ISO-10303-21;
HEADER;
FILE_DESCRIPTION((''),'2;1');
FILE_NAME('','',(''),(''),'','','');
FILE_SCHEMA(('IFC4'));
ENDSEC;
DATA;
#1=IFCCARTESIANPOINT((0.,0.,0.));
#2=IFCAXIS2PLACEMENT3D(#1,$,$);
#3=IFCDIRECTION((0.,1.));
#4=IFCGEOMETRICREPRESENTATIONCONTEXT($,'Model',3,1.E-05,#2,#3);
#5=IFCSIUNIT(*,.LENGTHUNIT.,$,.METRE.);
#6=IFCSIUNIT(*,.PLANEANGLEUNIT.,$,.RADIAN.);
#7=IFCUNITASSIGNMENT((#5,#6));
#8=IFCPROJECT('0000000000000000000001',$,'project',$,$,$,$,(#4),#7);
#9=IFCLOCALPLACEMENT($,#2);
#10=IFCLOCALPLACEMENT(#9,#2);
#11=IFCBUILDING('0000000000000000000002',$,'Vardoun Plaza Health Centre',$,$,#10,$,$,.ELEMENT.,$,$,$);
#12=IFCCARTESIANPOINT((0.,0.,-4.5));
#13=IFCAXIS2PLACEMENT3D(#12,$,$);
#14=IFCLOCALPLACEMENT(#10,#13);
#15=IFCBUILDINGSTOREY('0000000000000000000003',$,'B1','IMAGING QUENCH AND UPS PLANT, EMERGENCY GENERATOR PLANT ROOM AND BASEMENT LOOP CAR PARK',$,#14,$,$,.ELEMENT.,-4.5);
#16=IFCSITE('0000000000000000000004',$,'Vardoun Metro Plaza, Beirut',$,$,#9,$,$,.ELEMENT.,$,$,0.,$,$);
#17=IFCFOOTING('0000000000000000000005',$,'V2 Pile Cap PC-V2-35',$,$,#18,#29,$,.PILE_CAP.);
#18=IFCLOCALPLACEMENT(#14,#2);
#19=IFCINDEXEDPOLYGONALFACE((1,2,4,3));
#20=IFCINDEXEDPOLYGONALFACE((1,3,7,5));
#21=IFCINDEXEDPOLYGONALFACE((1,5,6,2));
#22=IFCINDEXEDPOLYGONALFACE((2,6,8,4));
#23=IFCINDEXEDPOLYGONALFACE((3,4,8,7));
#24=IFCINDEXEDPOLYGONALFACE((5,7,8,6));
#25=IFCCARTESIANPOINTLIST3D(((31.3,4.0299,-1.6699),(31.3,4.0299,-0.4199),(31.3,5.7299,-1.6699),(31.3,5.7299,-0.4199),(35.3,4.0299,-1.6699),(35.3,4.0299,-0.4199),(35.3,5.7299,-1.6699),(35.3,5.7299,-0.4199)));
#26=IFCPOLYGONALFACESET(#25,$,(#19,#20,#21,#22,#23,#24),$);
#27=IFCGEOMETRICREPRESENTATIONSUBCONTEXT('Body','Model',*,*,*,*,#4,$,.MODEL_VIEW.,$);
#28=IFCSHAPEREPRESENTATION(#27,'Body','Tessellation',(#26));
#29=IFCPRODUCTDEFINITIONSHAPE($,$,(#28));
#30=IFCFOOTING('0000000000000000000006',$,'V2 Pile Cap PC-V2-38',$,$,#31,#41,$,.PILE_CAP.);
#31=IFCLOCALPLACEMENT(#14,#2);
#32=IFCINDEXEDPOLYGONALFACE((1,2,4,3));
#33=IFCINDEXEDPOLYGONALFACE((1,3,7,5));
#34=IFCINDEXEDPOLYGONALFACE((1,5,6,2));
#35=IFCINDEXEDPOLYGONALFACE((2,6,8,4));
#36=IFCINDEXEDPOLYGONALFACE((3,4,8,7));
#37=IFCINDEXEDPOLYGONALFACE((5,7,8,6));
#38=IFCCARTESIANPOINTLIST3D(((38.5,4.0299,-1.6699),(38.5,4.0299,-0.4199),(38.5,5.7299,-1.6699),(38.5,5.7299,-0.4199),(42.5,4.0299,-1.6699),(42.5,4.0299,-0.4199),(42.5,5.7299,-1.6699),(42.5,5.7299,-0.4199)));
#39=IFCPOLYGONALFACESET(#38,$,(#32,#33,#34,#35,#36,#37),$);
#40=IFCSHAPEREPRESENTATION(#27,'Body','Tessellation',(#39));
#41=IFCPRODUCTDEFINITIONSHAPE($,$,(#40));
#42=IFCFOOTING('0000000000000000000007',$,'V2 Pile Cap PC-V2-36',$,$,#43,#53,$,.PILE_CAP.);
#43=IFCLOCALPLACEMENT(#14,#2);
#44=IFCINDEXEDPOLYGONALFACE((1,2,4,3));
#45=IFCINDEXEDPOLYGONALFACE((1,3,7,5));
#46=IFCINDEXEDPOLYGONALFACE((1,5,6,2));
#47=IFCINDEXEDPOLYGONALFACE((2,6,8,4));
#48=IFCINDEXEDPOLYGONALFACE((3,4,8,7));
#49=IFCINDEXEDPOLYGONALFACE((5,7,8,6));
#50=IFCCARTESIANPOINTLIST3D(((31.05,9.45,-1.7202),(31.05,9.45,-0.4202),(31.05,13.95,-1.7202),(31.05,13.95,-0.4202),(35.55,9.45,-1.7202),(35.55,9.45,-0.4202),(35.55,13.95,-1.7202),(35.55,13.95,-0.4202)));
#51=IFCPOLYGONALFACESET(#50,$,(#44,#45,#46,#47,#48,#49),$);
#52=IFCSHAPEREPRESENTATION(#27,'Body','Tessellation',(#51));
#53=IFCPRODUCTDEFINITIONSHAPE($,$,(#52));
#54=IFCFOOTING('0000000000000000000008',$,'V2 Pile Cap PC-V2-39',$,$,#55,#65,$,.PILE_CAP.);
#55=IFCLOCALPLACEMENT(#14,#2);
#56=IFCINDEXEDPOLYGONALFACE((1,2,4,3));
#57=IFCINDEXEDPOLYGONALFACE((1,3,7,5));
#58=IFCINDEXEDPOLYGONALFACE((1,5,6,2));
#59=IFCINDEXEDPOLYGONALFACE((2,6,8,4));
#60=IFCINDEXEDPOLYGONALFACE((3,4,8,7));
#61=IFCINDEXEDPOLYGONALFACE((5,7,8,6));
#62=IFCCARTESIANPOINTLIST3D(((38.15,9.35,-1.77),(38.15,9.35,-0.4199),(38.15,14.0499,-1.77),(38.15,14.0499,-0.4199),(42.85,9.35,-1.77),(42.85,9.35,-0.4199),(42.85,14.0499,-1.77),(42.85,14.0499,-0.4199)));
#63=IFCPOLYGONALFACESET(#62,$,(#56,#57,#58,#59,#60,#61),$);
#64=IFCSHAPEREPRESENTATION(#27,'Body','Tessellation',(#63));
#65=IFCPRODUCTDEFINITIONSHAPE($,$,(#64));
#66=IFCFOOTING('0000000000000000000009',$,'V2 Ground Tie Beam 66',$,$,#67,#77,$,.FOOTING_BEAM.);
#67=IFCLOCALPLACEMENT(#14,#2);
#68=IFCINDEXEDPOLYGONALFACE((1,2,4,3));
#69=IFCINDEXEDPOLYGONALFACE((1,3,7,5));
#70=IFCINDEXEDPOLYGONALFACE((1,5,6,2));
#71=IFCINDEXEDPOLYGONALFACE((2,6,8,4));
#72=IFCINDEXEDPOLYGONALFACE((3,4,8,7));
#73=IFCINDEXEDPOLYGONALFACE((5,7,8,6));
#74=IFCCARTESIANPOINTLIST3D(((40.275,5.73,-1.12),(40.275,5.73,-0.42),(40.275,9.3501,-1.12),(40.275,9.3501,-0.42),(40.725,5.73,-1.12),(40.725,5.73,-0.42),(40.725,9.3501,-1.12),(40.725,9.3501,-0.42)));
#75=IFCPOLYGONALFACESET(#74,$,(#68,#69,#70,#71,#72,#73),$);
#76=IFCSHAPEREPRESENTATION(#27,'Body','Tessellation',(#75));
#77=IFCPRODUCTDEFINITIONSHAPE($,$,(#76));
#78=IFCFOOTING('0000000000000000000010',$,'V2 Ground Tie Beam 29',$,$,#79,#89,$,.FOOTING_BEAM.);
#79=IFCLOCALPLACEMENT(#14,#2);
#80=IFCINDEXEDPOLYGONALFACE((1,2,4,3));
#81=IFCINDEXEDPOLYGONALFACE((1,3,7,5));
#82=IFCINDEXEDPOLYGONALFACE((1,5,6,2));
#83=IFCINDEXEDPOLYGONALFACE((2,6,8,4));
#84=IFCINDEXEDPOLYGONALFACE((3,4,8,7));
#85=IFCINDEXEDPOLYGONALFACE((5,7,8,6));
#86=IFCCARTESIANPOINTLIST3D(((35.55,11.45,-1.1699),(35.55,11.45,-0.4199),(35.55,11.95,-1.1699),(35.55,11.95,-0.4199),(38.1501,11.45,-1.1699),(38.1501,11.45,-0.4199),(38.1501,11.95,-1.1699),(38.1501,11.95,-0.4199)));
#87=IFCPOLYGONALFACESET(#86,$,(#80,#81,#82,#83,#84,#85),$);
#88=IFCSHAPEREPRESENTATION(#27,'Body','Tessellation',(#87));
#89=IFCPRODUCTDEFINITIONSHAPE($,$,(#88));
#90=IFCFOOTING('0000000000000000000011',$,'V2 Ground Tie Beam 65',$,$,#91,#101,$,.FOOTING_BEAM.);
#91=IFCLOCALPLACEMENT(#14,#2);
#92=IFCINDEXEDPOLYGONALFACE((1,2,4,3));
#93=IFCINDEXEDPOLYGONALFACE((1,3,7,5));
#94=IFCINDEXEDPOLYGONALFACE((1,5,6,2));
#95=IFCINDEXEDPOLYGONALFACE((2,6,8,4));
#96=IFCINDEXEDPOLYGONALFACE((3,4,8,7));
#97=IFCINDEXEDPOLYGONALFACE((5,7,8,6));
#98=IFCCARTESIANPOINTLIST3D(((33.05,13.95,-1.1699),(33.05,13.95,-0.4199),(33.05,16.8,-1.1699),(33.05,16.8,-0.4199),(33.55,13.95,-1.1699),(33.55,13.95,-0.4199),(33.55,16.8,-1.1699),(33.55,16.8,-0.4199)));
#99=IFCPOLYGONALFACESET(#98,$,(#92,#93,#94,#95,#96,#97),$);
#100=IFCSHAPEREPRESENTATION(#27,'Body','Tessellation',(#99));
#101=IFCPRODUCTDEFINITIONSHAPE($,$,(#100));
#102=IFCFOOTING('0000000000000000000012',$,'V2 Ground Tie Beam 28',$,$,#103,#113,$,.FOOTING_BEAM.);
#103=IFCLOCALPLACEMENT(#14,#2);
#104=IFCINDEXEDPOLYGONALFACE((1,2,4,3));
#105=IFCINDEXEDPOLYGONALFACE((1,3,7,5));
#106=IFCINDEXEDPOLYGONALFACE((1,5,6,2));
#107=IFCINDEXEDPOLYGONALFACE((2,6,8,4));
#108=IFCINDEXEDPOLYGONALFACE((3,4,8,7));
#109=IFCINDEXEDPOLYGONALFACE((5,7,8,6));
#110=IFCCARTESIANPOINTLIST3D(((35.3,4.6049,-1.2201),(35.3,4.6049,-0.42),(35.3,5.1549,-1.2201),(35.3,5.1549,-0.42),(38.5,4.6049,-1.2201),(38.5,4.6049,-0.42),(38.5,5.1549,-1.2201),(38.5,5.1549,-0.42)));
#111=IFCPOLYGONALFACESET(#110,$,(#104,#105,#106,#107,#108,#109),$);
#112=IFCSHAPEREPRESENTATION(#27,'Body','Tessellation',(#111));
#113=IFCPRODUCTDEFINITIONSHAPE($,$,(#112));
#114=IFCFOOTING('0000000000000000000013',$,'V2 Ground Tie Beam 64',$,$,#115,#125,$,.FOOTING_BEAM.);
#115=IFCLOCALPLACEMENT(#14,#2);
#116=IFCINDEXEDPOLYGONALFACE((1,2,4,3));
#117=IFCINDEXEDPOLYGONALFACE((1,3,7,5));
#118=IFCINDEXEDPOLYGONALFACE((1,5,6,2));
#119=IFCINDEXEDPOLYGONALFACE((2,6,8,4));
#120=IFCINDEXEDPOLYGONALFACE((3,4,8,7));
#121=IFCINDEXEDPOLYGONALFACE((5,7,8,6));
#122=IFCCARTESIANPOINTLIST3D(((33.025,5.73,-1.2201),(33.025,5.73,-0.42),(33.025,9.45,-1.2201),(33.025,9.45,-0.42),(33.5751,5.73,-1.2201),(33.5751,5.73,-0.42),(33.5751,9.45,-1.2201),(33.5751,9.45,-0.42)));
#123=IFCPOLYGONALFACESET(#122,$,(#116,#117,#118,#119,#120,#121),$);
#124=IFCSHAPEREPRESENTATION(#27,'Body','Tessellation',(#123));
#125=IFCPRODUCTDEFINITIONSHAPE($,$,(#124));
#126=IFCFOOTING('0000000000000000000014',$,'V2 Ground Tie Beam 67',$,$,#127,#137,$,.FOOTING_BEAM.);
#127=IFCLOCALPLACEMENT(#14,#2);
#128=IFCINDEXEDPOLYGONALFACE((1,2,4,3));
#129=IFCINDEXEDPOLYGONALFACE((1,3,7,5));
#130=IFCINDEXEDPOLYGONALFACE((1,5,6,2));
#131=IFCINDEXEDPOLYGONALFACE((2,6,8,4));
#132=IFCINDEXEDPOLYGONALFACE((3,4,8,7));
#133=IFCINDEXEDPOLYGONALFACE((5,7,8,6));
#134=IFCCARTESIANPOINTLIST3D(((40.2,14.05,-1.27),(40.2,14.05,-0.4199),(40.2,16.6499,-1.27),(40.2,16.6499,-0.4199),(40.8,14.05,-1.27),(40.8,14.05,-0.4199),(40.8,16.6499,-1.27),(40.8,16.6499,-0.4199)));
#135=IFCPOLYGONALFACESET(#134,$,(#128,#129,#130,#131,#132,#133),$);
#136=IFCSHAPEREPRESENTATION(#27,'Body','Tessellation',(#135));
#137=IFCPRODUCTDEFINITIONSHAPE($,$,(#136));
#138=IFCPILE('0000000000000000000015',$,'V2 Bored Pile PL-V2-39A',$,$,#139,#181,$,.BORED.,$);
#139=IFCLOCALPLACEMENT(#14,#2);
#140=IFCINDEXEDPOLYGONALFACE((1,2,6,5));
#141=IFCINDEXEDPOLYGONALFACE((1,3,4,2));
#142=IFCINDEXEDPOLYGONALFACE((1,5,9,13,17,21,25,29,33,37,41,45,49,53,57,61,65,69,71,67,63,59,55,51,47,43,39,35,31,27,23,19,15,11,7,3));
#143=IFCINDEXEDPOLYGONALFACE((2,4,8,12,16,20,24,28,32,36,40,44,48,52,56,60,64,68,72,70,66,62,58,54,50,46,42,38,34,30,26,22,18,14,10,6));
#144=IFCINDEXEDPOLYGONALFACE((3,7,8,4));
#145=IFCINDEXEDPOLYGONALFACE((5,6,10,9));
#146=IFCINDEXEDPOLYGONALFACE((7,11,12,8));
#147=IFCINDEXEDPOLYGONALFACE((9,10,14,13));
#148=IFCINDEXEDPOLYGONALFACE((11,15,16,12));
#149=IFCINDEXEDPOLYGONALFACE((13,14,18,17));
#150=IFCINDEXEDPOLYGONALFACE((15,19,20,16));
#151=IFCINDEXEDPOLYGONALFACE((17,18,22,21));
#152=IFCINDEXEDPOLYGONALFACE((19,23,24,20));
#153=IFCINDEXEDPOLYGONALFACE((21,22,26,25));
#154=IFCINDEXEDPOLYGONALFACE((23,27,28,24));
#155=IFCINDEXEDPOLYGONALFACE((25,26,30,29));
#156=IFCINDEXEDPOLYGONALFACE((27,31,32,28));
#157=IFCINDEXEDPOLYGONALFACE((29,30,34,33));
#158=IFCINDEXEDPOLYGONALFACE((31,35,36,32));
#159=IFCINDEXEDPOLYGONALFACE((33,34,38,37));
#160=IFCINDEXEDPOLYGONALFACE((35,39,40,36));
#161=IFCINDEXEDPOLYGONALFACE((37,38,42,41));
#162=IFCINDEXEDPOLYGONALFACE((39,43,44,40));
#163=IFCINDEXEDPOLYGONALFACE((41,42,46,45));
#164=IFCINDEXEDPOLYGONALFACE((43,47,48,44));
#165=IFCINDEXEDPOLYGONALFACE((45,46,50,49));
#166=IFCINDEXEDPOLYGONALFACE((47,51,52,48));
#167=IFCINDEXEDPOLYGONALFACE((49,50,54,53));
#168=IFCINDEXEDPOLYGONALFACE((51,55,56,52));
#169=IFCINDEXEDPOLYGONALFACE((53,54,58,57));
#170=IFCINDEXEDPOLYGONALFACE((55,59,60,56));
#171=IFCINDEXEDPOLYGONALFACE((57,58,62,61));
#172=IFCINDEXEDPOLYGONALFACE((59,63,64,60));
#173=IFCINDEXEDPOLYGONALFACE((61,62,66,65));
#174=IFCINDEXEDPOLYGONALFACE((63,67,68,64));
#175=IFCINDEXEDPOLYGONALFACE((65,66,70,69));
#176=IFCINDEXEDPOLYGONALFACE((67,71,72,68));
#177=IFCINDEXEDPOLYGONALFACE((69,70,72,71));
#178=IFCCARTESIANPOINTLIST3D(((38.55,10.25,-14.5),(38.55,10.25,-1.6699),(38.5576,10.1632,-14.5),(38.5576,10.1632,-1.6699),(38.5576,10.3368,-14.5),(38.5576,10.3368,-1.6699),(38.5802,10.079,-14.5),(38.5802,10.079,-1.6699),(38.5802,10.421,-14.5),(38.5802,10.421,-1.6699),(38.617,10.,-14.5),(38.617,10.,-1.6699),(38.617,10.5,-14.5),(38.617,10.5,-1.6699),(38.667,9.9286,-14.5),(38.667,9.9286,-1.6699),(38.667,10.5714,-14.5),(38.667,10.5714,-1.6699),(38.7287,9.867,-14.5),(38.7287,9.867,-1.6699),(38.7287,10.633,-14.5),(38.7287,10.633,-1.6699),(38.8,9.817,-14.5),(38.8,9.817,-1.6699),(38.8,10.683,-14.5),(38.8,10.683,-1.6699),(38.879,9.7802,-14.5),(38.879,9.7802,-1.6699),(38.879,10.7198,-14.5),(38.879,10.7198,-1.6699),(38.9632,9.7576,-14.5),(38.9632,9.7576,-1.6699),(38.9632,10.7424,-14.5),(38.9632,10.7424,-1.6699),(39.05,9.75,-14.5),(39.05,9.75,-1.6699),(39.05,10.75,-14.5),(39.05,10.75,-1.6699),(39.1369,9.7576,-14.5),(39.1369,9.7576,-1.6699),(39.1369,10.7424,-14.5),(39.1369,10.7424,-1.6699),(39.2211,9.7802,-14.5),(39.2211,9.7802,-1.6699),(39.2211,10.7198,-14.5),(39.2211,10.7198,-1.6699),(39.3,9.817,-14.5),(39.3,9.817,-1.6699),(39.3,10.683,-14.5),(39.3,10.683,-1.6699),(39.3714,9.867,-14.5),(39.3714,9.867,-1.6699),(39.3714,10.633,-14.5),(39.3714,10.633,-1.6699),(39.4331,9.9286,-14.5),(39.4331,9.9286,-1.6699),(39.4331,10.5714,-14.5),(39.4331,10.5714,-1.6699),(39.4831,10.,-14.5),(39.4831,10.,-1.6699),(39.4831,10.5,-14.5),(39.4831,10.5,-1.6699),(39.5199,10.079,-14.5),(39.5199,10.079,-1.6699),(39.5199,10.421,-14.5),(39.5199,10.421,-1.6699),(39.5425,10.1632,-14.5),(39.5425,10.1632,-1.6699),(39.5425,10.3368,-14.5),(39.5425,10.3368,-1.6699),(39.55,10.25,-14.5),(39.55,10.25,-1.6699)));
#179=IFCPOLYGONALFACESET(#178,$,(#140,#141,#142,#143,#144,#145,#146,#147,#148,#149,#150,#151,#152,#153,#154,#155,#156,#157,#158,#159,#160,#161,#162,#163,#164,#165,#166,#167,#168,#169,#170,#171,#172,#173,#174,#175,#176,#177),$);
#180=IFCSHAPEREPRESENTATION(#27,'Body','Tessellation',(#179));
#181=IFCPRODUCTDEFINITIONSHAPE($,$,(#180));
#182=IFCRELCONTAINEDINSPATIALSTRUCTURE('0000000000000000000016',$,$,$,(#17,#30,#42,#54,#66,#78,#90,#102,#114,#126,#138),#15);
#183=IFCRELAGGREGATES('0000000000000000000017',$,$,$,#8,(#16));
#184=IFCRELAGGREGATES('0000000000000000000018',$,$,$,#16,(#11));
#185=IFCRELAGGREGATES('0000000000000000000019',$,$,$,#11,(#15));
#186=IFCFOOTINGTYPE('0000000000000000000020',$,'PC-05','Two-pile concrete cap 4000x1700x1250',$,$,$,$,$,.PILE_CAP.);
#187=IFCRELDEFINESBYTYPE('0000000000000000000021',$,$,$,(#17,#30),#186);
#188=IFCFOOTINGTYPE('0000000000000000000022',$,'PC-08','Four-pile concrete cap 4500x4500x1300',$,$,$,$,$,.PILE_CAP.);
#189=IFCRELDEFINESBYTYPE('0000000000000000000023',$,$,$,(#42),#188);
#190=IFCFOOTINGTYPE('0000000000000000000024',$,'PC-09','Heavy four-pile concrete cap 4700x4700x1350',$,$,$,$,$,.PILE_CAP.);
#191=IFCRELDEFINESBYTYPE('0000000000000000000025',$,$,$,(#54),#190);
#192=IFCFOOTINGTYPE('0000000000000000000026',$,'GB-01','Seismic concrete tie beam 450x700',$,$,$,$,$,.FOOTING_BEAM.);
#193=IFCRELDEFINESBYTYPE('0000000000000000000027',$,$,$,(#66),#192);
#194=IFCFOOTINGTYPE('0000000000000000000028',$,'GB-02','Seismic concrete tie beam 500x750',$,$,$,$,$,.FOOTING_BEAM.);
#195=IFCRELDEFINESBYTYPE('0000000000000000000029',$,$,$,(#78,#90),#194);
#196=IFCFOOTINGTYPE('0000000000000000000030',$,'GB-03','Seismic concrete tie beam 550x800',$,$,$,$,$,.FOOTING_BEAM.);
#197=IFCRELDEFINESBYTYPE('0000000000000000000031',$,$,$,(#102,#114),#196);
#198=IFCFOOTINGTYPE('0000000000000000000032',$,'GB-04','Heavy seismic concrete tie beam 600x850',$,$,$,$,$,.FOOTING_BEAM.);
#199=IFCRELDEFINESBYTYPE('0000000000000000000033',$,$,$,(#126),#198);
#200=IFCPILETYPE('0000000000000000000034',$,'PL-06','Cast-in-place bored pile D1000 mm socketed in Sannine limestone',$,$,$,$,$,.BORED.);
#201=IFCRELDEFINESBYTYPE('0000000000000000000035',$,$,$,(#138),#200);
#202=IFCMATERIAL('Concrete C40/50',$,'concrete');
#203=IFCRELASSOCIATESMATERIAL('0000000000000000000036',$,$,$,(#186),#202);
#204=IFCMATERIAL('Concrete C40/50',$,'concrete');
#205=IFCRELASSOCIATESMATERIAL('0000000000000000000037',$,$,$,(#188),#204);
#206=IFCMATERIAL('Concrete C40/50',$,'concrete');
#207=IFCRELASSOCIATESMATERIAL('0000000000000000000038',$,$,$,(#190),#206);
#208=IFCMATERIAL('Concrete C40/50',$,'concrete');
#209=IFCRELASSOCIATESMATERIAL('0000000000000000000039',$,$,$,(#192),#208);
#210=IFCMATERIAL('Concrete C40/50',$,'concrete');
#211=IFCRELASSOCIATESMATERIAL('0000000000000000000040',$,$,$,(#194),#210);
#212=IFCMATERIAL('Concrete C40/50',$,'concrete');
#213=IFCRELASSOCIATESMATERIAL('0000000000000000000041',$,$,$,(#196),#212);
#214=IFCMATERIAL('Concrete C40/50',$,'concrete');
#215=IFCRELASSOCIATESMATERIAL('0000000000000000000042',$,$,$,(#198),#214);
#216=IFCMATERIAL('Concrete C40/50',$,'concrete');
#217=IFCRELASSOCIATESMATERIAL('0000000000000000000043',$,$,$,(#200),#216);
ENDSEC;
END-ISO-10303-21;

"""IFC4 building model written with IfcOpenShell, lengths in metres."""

from ifc_helpers import new_model, si_unit, direction, frame, origin, origin_2d, place, context, subcontext, project, spatial, rectangle, circle, extrude, material, material_profile, profile_set, type_object, element, save


model = new_model("IFC4")

# Units and contexts
model_context = context("Model", 3, precision=1e-05, world=origin(), true_north=direction((0.0, 1.0)))
body_context = subcontext(model_context, "Body", "Model", "MODEL_VIEW")
ifc_project = project(units=[si_unit("LENGTHUNIT", "METRE"), si_unit("PLANEANGLEUNIT", "RADIAN")], contexts=[model_context])

# Site, building, storey
site_placement = place(None, origin())
site = spatial("IfcSite", under=ifc_project, at=site_placement, Name="Vardoun Metro Plaza, Beirut", CompositionType="ELEMENT", RefElevation=0.0)
building_placement = place(site_placement, origin())
building = spatial("IfcBuilding", under=site, at=building_placement, Name="Vardoun Plaza Health Centre", CompositionType="ELEMENT")
storey_placement = place(building_placement, frame((0.0, 0.0, -4.5)))
storey = spatial("IfcBuildingStorey", under=building, at=storey_placement, Name="B1", Description="IMAGING QUENCH AND UPS PLANT, EMERGENCY GENERATOR PLANT ROOM AND BASEMENT LOOP CAR PARK", CompositionType="ELEMENT", Elevation=-4.5)

# Footings
ifc_material_1 = material(Name="Concrete C40/50", Category="concrete")
footing_type_1 = type_object("IfcFootingType", Name="PC-05", Description="Two-pile concrete cap 4000x1700x1250", PredefinedType="PILE_CAP", material=ifc_material_1)
for number, where, z_axis, x_axis, name in (
    (1, (33.3, 4.8799, -1.6699), (0.0, 0.0, 1.0), (1.0, 0.0, 0.0), "V2 Pile Cap PC-V2-35"),
    (2, (40.5, 4.8799, -1.6699), (0.0, 0.0, 1.0), (1.0, 0.0, 0.0), "V2 Pile Cap PC-V2-38"),
):
    element("IfcFooting", number, at=place(storey_placement, frame(where, z_axis=z_axis, x_axis=x_axis)), inside=storey, type_object=footing_type_1, Name=name, PredefinedType="PILE_CAP", context=body_context, shape_type="SweptSolid", body=[
        extrude(rectangle(XDim=4.0, YDim=1.7, at=origin_2d()), origin(), (0.0, 0.0, 1.0), 1.25),
    ])
ifc_material_2 = material(Name="Concrete C40/50", Category="concrete")
footing_type_2 = type_object("IfcFootingType", Name="PC-08", Description="Four-pile concrete cap 4500x4500x1300", PredefinedType="PILE_CAP", material=ifc_material_2)
footing_1_placement = place(storey_placement, frame((33.3, 11.7, -1.7202), z_axis=(0.0, 0.0, 1.0), x_axis=(1.0, 0.0, 0.0)))
element("IfcFooting", 3, at=footing_1_placement, inside=storey, type_object=footing_type_2, Name="V2 Pile Cap PC-V2-36", PredefinedType="PILE_CAP", context=body_context, shape_type="SweptSolid", body=[
    extrude(rectangle(XDim=4.5, YDim=4.5, at=origin_2d()), origin(), (0.0, 0.0, 1.0), 1.3),
])
ifc_material_3 = material(Name="Concrete C40/50", Category="concrete")
footing_type_3 = type_object("IfcFootingType", Name="PC-09", Description="Heavy four-pile concrete cap 4700x4700x1350", PredefinedType="PILE_CAP", material=ifc_material_3)
footing_2_placement = place(storey_placement, frame((40.5, 11.7, -1.77), z_axis=(0.0, 0.0, 1.0), x_axis=(1.0, 0.0, 0.0)))
element("IfcFooting", 4, at=footing_2_placement, inside=storey, type_object=footing_type_3, Name="V2 Pile Cap PC-V2-39", PredefinedType="PILE_CAP", context=body_context, shape_type="SweptSolid", body=[
    extrude(rectangle(XDim=4.7, YDim=4.7, at=origin_2d()), origin(), (0.0, 0.0, 1.0), 1.3501),
])
ifc_material_4 = material(Name="Concrete C40/50", Category="concrete")
ifc_material_profile_1 = material_profile(ifc_material_4, rectangle(XDim=0.45, YDim=0.7, at=origin_2d()), Name="GB 450x700")
ifc_profile_set_1 = profile_set([ifc_material_profile_1], Name="Concrete C40/50")
footing_type_4 = type_object("IfcFootingType", Name="GB-01", Description="Seismic concrete tie beam 450x700", PredefinedType="FOOTING_BEAM", material=ifc_profile_set_1)
footing_3_placement = place(storey_placement, frame((40.5, 5.73, -0.77), z_axis=(0.0, 1.0, 0.0), x_axis=(-1.0, 0.0, 0.0)))
element("IfcFooting", 5, at=footing_3_placement, inside=storey, type_object=footing_type_4, Name="V2 Ground Tie Beam 66", PredefinedType="FOOTING_BEAM", context=body_context, shape_type="SweptSolid", body=[
    extrude(rectangle(XDim=0.45, YDim=0.7, at=origin_2d()), origin(), (0.0, 0.0, 1.0), 3.6201),
])
ifc_material_5 = material(Name="Concrete C40/50", Category="concrete")
ifc_material_profile_2 = material_profile(ifc_material_5, rectangle(XDim=0.5, YDim=0.75, at=origin_2d()), Name="GB 500x750")
ifc_profile_set_2 = profile_set([ifc_material_profile_2], Name="Concrete C40/50")
footing_type_5 = type_object("IfcFootingType", Name="GB-02", Description="Seismic concrete tie beam 500x750", PredefinedType="FOOTING_BEAM", material=ifc_profile_set_2)
footing_4_placement = place(storey_placement, frame((35.55, 11.7, -0.7949), z_axis=(1.0, 0.0, 0.0), x_axis=(0.0, 1.0, 0.0)))
element("IfcFooting", 6, at=footing_4_placement, inside=storey, type_object=footing_type_5, Name="V2 Ground Tie Beam 29", PredefinedType="FOOTING_BEAM", context=body_context, shape_type="SweptSolid", body=[
    extrude(rectangle(XDim=0.5, YDim=0.75, at=origin_2d()), origin(), (0.0, 0.0, 1.0), 2.6001),
])
footing_5_placement = place(storey_placement, frame((33.3, 13.95, -0.7949), z_axis=(0.0, 1.0, 0.0), x_axis=(-1.0, 0.0, 0.0)))
element("IfcFooting", 7, at=footing_5_placement, inside=storey, type_object=footing_type_5, Name="V2 Ground Tie Beam 65", PredefinedType="FOOTING_BEAM", context=body_context, shape_type="SweptSolid", body=[
    extrude(rectangle(XDim=0.5, YDim=0.75, at=origin_2d()), origin(), (0.0, 0.0, 1.0), 2.8501),
])
ifc_material_6 = material(Name="Concrete C40/50", Category="concrete")
ifc_material_profile_3 = material_profile(ifc_material_6, rectangle(XDim=0.55, YDim=0.8, at=origin_2d()), Name="GB 550x800")
ifc_profile_set_3 = profile_set([ifc_material_profile_3], Name="Concrete C40/50")
footing_type_6 = type_object("IfcFootingType", Name="GB-03", Description="Seismic concrete tie beam 550x800", PredefinedType="FOOTING_BEAM", material=ifc_profile_set_3)
footing_6_placement = place(storey_placement, frame((35.3, 4.8799, -0.8201), z_axis=(1.0, 0.0, 0.0), x_axis=(0.0, 1.0, 0.0)))
element("IfcFooting", 8, at=footing_6_placement, inside=storey, type_object=footing_type_6, Name="V2 Ground Tie Beam 28", PredefinedType="FOOTING_BEAM", context=body_context, shape_type="SweptSolid", body=[
    extrude(rectangle(XDim=0.55, YDim=0.8, at=origin_2d()), origin(), (0.0, 0.0, 1.0), 3.2),
])
footing_7_placement = place(storey_placement, frame((33.3, 5.73, -0.8201), z_axis=(0.0, 1.0, 0.0), x_axis=(-1.0, 0.0, 0.0)))
element("IfcFooting", 9, at=footing_7_placement, inside=storey, type_object=footing_type_6, Name="V2 Ground Tie Beam 64", PredefinedType="FOOTING_BEAM", context=body_context, shape_type="SweptSolid", body=[
    extrude(rectangle(XDim=0.55, YDim=0.8, at=origin_2d()), origin(), (0.0, 0.0, 1.0), 3.72),
])
ifc_material_7 = material(Name="Concrete C40/50", Category="concrete")
ifc_material_profile_4 = material_profile(ifc_material_7, rectangle(XDim=0.6001, YDim=0.8501, at=origin_2d()), Name="GB 600x850")
ifc_profile_set_4 = profile_set([ifc_material_profile_4], Name="Concrete C40/50")
footing_type_7 = type_object("IfcFootingType", Name="GB-04", Description="Heavy seismic concrete tie beam 600x850", PredefinedType="FOOTING_BEAM", material=ifc_profile_set_4)
footing_8_placement = place(storey_placement, frame((40.5, 14.05, -0.845), z_axis=(0.0, 1.0, 0.0), x_axis=(-1.0, 0.0, 0.0)))
element("IfcFooting", 10, at=footing_8_placement, inside=storey, type_object=footing_type_7, Name="V2 Ground Tie Beam 67", PredefinedType="FOOTING_BEAM", context=body_context, shape_type="SweptSolid", body=[
    extrude(rectangle(XDim=0.6001, YDim=0.8501, at=origin_2d()), origin(), (0.0, 0.0, 1.0), 2.5999),
])

# Pile
ifc_material_8 = material(Name="Concrete C40/50", Category="concrete")
ifc_material_profile_5 = material_profile(ifc_material_8, circle(Radius=0.5, at=origin_2d()), Name="PILE D1000")
ifc_profile_set_5 = profile_set([ifc_material_profile_5], Name="Concrete C40/50")
pile_type_1 = type_object("IfcPileType", Name="PL-06", Description="Cast-in-place bored pile D1000 mm socketed in Sannine limestone", PredefinedType="BORED", material=ifc_profile_set_5)
for number, where, z_axis, x_axis, name in (
    (11, (39.05, 10.25, -1.6699), (0.0, 0.0, -1.0), (1.0, 0.0, 0.0), "V2 Bored Pile PL-V2-39A"),
):
    element("IfcPile", number, at=place(storey_placement, frame(where, z_axis=z_axis, x_axis=x_axis)), inside=storey, type_object=pile_type_1, Name=name, PredefinedType="BORED", context=body_context, shape_type="SweptSolid", body=[
        extrude(circle(Radius=0.5, at=origin_2d()), origin(), (0.0, 0.0, 1.0), 12.8301),
    ])

save(model, "model.ifc")
